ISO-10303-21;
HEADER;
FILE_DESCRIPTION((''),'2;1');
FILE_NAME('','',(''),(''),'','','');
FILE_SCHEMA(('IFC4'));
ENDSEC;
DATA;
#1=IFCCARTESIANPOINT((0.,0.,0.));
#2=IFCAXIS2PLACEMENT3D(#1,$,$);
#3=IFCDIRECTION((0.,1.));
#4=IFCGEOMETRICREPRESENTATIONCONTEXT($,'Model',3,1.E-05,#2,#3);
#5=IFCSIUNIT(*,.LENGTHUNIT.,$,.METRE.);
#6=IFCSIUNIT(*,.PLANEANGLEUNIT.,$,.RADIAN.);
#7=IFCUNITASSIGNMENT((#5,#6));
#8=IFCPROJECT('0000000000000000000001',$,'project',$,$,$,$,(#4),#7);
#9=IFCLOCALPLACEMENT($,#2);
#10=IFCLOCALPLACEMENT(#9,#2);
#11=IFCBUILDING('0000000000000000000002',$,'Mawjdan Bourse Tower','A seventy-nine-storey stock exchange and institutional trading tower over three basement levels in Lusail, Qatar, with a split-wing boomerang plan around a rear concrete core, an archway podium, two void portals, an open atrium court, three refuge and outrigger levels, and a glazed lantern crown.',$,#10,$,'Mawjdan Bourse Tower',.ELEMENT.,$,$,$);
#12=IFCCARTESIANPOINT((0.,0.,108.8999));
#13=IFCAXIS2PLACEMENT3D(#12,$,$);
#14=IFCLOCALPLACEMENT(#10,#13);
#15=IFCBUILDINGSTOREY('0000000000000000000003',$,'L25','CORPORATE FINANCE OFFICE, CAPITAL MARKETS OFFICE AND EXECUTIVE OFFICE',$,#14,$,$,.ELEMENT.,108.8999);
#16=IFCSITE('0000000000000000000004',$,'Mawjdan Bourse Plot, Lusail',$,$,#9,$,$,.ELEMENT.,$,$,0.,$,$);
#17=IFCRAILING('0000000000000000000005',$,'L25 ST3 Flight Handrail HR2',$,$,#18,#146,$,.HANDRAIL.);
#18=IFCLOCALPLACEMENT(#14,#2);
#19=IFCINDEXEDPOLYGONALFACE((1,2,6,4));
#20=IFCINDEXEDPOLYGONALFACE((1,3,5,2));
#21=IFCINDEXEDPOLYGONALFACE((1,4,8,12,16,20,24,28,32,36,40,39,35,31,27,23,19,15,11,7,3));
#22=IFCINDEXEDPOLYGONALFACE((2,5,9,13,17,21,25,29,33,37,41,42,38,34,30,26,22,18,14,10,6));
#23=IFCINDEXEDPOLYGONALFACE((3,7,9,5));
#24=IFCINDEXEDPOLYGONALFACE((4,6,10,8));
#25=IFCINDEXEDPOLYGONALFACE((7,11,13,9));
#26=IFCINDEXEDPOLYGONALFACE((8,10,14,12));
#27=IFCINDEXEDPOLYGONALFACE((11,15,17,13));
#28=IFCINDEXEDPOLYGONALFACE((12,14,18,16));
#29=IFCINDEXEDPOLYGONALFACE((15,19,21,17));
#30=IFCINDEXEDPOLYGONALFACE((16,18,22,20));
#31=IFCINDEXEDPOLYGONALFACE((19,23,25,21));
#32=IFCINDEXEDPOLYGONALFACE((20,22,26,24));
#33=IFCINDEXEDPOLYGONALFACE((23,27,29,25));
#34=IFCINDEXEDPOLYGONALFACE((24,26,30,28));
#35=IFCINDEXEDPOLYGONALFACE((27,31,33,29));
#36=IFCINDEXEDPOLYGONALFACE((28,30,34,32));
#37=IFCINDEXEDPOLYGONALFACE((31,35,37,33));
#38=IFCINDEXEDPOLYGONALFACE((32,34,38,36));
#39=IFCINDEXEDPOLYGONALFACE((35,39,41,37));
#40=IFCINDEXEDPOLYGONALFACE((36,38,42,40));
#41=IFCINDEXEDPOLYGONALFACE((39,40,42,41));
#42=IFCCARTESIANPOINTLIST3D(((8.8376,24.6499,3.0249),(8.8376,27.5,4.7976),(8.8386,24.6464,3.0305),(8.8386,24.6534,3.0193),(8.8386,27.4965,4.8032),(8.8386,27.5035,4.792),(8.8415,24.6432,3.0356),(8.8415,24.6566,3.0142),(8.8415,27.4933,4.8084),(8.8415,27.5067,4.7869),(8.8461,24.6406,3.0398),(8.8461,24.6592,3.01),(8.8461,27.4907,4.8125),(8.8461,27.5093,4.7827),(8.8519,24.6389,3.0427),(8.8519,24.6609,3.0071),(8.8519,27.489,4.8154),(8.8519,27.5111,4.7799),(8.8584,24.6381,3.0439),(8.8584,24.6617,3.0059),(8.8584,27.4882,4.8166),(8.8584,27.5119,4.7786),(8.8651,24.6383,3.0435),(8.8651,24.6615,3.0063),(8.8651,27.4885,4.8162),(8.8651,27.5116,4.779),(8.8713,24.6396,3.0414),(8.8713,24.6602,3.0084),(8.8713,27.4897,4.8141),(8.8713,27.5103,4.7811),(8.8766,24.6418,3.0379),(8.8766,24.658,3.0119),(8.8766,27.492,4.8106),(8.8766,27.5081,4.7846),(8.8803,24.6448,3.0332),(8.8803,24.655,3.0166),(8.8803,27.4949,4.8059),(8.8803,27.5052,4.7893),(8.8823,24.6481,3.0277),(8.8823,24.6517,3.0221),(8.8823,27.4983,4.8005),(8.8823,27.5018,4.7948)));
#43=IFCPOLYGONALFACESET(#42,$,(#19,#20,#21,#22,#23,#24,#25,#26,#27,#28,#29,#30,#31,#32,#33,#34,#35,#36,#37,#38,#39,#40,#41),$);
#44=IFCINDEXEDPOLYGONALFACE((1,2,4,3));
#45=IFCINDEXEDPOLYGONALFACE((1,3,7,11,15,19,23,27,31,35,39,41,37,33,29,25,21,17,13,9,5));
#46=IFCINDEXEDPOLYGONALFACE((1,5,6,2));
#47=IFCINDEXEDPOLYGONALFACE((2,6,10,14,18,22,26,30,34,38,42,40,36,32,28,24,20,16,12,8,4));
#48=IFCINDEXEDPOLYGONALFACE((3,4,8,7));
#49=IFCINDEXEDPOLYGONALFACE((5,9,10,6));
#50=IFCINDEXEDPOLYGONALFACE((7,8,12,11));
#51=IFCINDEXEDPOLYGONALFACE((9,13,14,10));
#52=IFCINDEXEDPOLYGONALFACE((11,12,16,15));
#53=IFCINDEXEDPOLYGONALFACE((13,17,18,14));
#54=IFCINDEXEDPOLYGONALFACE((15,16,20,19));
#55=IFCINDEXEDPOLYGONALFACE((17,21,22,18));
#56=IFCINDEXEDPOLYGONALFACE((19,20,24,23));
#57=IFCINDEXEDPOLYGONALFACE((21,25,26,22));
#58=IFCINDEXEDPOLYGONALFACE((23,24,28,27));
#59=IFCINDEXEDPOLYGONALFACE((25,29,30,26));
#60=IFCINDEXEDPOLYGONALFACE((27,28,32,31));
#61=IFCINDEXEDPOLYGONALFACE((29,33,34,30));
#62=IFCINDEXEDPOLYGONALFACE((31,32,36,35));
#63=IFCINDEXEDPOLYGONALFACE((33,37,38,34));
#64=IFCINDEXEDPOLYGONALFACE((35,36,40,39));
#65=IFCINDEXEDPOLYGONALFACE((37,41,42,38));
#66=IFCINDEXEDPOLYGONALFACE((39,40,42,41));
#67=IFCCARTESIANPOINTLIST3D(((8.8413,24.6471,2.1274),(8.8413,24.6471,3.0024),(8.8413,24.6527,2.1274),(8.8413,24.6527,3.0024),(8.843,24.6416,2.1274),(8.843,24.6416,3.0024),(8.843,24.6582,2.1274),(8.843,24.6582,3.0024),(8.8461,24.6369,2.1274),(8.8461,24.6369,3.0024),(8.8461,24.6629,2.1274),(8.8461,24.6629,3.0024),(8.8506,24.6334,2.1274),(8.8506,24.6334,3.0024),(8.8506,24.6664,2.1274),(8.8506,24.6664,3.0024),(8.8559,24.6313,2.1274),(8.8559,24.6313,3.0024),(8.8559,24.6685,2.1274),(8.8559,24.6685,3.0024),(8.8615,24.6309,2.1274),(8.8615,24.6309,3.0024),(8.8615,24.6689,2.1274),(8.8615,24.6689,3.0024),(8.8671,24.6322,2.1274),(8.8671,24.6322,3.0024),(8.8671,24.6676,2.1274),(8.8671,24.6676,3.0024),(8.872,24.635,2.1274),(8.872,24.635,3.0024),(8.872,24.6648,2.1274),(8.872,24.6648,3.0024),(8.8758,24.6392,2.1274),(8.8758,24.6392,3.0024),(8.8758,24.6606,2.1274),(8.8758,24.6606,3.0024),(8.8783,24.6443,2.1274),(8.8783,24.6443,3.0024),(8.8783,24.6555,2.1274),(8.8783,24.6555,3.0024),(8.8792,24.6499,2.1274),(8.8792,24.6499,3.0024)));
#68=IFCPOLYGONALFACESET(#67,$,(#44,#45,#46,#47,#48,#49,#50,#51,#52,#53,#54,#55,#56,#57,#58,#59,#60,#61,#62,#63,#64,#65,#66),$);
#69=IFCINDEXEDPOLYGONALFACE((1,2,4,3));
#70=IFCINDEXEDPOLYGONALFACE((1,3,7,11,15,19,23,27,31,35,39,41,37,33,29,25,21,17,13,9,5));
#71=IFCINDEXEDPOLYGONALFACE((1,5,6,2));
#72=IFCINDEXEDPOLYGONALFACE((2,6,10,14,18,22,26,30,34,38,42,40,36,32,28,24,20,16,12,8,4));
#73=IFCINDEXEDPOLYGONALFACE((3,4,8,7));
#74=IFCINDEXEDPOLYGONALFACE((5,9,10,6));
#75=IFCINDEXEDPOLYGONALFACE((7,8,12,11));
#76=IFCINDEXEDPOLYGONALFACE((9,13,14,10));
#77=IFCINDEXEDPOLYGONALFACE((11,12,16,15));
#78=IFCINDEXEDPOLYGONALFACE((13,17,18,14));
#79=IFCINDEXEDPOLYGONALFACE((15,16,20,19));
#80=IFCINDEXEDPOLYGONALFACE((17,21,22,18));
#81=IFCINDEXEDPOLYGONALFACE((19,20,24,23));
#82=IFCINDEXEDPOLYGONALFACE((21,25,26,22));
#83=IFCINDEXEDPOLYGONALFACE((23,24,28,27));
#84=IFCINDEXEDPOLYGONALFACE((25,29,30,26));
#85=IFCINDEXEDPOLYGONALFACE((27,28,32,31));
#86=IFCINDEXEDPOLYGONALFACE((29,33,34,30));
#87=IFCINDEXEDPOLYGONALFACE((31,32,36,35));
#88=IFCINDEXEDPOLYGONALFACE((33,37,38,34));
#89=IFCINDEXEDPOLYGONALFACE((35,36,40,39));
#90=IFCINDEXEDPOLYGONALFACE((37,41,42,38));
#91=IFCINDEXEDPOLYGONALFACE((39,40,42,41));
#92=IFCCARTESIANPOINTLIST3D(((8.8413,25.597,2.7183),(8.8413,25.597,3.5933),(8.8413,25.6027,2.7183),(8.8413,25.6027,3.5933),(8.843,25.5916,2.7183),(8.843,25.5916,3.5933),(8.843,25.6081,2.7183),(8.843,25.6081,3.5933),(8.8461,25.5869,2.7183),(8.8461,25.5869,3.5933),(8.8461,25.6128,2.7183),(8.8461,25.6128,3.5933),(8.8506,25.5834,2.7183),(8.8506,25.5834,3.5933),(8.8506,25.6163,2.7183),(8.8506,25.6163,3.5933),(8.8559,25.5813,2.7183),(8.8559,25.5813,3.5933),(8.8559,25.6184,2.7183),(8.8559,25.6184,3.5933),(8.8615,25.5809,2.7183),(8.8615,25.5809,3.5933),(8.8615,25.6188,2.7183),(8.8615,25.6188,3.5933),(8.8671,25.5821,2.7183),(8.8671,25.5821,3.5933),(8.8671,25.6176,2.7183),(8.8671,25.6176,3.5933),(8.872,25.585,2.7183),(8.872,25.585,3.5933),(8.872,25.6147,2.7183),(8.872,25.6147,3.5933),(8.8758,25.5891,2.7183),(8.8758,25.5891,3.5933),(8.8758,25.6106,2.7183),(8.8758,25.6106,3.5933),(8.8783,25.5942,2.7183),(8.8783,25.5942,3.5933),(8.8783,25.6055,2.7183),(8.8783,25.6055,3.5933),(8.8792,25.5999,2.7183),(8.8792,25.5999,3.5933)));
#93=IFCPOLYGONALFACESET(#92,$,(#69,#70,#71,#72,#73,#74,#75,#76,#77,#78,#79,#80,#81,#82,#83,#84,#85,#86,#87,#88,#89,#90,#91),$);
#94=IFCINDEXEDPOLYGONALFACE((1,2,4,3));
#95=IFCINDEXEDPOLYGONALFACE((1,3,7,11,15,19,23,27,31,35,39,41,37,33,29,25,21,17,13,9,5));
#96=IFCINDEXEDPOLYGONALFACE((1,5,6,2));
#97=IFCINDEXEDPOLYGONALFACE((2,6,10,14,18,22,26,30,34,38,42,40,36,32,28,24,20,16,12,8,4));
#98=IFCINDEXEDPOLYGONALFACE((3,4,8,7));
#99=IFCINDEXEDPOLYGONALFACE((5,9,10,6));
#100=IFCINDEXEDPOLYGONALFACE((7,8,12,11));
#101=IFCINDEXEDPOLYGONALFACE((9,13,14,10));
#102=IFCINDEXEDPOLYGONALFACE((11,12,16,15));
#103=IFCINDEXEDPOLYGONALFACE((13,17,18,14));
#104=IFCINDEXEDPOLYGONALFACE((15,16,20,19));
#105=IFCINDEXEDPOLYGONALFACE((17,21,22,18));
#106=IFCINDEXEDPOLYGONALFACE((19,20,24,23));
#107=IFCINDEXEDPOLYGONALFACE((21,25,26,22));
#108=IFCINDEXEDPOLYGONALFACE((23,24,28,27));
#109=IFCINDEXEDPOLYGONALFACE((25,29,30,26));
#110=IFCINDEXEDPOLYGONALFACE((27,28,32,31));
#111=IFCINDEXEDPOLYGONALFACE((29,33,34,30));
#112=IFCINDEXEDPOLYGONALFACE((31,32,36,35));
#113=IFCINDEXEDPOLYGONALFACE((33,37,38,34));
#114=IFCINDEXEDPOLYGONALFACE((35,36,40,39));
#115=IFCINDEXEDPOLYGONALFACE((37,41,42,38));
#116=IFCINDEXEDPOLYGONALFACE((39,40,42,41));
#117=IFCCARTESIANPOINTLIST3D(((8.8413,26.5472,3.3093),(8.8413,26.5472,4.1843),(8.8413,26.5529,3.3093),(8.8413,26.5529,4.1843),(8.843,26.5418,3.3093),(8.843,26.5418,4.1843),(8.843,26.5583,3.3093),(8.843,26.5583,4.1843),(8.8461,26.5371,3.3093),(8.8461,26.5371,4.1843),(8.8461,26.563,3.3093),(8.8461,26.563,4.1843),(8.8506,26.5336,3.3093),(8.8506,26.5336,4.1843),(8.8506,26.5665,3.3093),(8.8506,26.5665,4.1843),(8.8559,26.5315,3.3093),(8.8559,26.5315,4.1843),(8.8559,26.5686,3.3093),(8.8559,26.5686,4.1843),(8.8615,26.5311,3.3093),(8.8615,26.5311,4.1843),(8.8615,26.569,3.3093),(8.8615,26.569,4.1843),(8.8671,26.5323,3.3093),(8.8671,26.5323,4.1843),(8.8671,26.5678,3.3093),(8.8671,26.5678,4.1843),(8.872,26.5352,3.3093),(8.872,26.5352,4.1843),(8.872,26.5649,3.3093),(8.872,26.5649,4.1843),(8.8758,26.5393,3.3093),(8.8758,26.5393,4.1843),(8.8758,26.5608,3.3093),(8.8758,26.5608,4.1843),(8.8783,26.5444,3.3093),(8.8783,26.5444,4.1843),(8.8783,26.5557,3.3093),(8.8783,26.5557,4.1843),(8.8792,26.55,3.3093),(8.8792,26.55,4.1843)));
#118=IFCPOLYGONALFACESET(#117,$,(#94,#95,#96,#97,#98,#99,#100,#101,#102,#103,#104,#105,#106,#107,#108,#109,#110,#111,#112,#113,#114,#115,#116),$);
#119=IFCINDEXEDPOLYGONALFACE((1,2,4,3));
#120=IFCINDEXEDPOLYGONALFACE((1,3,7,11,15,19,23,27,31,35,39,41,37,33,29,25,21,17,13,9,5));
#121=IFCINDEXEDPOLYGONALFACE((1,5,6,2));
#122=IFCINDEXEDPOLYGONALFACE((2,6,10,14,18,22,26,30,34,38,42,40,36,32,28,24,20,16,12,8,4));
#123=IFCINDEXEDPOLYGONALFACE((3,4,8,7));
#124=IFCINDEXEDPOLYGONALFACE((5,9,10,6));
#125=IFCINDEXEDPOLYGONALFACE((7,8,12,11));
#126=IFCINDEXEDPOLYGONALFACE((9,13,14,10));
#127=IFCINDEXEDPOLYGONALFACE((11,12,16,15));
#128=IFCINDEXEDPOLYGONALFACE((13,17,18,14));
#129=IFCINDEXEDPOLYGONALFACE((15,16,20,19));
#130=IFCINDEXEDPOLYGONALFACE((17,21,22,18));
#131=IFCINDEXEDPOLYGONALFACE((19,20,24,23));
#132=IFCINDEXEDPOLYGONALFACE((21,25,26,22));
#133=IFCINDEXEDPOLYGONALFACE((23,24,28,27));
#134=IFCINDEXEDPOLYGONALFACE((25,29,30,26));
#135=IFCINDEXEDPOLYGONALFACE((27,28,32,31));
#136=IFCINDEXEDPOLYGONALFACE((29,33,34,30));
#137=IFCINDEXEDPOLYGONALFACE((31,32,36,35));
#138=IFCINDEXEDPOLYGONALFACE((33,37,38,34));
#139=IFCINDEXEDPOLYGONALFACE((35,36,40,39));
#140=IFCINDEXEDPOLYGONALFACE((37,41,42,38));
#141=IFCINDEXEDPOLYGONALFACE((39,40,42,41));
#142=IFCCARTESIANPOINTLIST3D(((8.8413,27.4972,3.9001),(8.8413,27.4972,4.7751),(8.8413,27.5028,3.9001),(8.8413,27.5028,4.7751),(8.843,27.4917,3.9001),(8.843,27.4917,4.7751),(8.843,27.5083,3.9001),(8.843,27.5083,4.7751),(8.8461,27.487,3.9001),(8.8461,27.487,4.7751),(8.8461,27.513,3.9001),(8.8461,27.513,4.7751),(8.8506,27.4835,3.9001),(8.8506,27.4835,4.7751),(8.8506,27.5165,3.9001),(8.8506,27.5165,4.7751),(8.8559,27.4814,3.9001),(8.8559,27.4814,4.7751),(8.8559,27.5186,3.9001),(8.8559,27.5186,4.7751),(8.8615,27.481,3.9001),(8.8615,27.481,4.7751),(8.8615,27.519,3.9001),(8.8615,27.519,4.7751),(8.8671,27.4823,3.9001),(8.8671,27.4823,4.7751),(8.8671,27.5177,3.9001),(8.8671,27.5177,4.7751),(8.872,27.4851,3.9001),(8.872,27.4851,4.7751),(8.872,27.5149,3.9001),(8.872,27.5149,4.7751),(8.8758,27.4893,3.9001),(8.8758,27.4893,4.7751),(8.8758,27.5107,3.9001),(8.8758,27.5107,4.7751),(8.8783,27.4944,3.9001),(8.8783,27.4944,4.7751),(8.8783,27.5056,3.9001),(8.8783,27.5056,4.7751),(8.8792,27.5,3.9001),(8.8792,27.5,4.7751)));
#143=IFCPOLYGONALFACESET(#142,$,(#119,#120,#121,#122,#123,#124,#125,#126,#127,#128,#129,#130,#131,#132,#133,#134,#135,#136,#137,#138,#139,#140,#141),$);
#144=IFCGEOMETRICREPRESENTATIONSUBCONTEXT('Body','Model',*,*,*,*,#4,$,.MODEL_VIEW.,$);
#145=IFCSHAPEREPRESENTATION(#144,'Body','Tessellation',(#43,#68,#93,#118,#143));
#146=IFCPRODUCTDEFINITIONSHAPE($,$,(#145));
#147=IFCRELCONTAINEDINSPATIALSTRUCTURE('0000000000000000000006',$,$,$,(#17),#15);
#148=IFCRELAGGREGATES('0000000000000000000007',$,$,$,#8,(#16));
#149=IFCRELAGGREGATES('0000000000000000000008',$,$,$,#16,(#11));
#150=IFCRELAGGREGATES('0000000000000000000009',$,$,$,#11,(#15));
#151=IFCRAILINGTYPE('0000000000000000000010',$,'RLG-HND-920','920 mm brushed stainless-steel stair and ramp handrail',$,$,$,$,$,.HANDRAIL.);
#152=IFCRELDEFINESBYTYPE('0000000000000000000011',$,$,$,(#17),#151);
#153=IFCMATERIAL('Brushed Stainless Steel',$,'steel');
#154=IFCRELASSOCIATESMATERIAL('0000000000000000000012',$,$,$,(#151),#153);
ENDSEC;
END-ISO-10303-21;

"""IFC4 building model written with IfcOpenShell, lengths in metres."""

from ifc_helpers import new_model, si_unit, direction, frame, origin, origin_2d, place, context, subcontext, project, spatial, circle, extrude, material, type_object, element, save


model = new_model("IFC4")

# Units and contexts
model_context = context("Model", 3, precision=1e-05, world=origin(), true_north=direction((0.0, 1.0)))
body_context = subcontext(model_context, "Body", "Model", "MODEL_VIEW")
ifc_project = project(units=[si_unit("LENGTHUNIT", "METRE"), si_unit("PLANEANGLEUNIT", "RADIAN")], contexts=[model_context])

# Site, building, storey
site_placement = place(None, origin())
site = spatial("IfcSite", under=ifc_project, at=site_placement, Name="Mawjdan Bourse Plot, Lusail", CompositionType="ELEMENT", RefElevation=0.0)
building_placement = place(site_placement, origin())
building = spatial("IfcBuilding", under=site, at=building_placement, Name="Mawjdan Bourse Tower", Description="A seventy-nine-storey stock exchange and institutional trading tower over three basement levels in Lusail, Qatar, with a split-wing boomerang plan around a rear concrete core, an archway podium, two void portals, an open atrium court, three refuge and outrigger levels, and a glazed lantern crown.", LongName="Mawjdan Bourse Tower", CompositionType="ELEMENT")
storey_placement = place(building_placement, frame((0.0, 0.0, 108.8999)))
storey = spatial("IfcBuildingStorey", under=building, at=storey_placement, Name="L25", Description="CORPORATE FINANCE OFFICE, CAPITAL MARKETS OFFICE AND EXECUTIVE OFFICE", CompositionType="ELEMENT", Elevation=108.8999)

# Railing
ifc_material_1 = material(Name="Brushed Stainless Steel", Category="steel")
railing_type_1 = type_object("IfcRailingType", Name="RLG-HND-920", Description="920 mm brushed stainless-steel stair and ramp handrail", PredefinedType="HANDRAIL", material=ifc_material_1)
railing_placement = place(storey_placement, frame((8.8601, 24.6499, 2.1274)))
element("IfcRailing", 1, at=railing_placement, inside=storey, type_object=railing_type_1, Name="L25 ST3 Flight Handrail HR2", PredefinedType="HANDRAIL", context=body_context, shape_type="SweptSolid", body=[
    extrude(circle(Radius=0.0225, at=origin_2d()), frame((0.0, 0.0, 0.8975), z_axis=(0.0, 0.849149, 0.528154), x_axis=(-1.0, 0.0, 0.0)), (0.0, 0.0, 1.0), 3.3564),
    extrude(circle(Radius=0.019, at=origin_2d()), origin(), (0.0, 0.0, 1.0), 0.875),
    extrude(circle(Radius=0.019, at=origin_2d()), frame((0.0, 0.95, 0.5908)), (0.0, 0.0, 1.0), 0.875),
    extrude(circle(Radius=0.019, at=origin_2d()), frame((0.0, 1.9001, 1.1819)), (0.0, 0.0, 1.0), 0.875),
    extrude(circle(Radius=0.019, at=origin_2d()), frame((0.0, 2.8501, 1.7727)), (0.0, 0.0, 1.0), 0.875),
])

save(model, "model.ifc")
